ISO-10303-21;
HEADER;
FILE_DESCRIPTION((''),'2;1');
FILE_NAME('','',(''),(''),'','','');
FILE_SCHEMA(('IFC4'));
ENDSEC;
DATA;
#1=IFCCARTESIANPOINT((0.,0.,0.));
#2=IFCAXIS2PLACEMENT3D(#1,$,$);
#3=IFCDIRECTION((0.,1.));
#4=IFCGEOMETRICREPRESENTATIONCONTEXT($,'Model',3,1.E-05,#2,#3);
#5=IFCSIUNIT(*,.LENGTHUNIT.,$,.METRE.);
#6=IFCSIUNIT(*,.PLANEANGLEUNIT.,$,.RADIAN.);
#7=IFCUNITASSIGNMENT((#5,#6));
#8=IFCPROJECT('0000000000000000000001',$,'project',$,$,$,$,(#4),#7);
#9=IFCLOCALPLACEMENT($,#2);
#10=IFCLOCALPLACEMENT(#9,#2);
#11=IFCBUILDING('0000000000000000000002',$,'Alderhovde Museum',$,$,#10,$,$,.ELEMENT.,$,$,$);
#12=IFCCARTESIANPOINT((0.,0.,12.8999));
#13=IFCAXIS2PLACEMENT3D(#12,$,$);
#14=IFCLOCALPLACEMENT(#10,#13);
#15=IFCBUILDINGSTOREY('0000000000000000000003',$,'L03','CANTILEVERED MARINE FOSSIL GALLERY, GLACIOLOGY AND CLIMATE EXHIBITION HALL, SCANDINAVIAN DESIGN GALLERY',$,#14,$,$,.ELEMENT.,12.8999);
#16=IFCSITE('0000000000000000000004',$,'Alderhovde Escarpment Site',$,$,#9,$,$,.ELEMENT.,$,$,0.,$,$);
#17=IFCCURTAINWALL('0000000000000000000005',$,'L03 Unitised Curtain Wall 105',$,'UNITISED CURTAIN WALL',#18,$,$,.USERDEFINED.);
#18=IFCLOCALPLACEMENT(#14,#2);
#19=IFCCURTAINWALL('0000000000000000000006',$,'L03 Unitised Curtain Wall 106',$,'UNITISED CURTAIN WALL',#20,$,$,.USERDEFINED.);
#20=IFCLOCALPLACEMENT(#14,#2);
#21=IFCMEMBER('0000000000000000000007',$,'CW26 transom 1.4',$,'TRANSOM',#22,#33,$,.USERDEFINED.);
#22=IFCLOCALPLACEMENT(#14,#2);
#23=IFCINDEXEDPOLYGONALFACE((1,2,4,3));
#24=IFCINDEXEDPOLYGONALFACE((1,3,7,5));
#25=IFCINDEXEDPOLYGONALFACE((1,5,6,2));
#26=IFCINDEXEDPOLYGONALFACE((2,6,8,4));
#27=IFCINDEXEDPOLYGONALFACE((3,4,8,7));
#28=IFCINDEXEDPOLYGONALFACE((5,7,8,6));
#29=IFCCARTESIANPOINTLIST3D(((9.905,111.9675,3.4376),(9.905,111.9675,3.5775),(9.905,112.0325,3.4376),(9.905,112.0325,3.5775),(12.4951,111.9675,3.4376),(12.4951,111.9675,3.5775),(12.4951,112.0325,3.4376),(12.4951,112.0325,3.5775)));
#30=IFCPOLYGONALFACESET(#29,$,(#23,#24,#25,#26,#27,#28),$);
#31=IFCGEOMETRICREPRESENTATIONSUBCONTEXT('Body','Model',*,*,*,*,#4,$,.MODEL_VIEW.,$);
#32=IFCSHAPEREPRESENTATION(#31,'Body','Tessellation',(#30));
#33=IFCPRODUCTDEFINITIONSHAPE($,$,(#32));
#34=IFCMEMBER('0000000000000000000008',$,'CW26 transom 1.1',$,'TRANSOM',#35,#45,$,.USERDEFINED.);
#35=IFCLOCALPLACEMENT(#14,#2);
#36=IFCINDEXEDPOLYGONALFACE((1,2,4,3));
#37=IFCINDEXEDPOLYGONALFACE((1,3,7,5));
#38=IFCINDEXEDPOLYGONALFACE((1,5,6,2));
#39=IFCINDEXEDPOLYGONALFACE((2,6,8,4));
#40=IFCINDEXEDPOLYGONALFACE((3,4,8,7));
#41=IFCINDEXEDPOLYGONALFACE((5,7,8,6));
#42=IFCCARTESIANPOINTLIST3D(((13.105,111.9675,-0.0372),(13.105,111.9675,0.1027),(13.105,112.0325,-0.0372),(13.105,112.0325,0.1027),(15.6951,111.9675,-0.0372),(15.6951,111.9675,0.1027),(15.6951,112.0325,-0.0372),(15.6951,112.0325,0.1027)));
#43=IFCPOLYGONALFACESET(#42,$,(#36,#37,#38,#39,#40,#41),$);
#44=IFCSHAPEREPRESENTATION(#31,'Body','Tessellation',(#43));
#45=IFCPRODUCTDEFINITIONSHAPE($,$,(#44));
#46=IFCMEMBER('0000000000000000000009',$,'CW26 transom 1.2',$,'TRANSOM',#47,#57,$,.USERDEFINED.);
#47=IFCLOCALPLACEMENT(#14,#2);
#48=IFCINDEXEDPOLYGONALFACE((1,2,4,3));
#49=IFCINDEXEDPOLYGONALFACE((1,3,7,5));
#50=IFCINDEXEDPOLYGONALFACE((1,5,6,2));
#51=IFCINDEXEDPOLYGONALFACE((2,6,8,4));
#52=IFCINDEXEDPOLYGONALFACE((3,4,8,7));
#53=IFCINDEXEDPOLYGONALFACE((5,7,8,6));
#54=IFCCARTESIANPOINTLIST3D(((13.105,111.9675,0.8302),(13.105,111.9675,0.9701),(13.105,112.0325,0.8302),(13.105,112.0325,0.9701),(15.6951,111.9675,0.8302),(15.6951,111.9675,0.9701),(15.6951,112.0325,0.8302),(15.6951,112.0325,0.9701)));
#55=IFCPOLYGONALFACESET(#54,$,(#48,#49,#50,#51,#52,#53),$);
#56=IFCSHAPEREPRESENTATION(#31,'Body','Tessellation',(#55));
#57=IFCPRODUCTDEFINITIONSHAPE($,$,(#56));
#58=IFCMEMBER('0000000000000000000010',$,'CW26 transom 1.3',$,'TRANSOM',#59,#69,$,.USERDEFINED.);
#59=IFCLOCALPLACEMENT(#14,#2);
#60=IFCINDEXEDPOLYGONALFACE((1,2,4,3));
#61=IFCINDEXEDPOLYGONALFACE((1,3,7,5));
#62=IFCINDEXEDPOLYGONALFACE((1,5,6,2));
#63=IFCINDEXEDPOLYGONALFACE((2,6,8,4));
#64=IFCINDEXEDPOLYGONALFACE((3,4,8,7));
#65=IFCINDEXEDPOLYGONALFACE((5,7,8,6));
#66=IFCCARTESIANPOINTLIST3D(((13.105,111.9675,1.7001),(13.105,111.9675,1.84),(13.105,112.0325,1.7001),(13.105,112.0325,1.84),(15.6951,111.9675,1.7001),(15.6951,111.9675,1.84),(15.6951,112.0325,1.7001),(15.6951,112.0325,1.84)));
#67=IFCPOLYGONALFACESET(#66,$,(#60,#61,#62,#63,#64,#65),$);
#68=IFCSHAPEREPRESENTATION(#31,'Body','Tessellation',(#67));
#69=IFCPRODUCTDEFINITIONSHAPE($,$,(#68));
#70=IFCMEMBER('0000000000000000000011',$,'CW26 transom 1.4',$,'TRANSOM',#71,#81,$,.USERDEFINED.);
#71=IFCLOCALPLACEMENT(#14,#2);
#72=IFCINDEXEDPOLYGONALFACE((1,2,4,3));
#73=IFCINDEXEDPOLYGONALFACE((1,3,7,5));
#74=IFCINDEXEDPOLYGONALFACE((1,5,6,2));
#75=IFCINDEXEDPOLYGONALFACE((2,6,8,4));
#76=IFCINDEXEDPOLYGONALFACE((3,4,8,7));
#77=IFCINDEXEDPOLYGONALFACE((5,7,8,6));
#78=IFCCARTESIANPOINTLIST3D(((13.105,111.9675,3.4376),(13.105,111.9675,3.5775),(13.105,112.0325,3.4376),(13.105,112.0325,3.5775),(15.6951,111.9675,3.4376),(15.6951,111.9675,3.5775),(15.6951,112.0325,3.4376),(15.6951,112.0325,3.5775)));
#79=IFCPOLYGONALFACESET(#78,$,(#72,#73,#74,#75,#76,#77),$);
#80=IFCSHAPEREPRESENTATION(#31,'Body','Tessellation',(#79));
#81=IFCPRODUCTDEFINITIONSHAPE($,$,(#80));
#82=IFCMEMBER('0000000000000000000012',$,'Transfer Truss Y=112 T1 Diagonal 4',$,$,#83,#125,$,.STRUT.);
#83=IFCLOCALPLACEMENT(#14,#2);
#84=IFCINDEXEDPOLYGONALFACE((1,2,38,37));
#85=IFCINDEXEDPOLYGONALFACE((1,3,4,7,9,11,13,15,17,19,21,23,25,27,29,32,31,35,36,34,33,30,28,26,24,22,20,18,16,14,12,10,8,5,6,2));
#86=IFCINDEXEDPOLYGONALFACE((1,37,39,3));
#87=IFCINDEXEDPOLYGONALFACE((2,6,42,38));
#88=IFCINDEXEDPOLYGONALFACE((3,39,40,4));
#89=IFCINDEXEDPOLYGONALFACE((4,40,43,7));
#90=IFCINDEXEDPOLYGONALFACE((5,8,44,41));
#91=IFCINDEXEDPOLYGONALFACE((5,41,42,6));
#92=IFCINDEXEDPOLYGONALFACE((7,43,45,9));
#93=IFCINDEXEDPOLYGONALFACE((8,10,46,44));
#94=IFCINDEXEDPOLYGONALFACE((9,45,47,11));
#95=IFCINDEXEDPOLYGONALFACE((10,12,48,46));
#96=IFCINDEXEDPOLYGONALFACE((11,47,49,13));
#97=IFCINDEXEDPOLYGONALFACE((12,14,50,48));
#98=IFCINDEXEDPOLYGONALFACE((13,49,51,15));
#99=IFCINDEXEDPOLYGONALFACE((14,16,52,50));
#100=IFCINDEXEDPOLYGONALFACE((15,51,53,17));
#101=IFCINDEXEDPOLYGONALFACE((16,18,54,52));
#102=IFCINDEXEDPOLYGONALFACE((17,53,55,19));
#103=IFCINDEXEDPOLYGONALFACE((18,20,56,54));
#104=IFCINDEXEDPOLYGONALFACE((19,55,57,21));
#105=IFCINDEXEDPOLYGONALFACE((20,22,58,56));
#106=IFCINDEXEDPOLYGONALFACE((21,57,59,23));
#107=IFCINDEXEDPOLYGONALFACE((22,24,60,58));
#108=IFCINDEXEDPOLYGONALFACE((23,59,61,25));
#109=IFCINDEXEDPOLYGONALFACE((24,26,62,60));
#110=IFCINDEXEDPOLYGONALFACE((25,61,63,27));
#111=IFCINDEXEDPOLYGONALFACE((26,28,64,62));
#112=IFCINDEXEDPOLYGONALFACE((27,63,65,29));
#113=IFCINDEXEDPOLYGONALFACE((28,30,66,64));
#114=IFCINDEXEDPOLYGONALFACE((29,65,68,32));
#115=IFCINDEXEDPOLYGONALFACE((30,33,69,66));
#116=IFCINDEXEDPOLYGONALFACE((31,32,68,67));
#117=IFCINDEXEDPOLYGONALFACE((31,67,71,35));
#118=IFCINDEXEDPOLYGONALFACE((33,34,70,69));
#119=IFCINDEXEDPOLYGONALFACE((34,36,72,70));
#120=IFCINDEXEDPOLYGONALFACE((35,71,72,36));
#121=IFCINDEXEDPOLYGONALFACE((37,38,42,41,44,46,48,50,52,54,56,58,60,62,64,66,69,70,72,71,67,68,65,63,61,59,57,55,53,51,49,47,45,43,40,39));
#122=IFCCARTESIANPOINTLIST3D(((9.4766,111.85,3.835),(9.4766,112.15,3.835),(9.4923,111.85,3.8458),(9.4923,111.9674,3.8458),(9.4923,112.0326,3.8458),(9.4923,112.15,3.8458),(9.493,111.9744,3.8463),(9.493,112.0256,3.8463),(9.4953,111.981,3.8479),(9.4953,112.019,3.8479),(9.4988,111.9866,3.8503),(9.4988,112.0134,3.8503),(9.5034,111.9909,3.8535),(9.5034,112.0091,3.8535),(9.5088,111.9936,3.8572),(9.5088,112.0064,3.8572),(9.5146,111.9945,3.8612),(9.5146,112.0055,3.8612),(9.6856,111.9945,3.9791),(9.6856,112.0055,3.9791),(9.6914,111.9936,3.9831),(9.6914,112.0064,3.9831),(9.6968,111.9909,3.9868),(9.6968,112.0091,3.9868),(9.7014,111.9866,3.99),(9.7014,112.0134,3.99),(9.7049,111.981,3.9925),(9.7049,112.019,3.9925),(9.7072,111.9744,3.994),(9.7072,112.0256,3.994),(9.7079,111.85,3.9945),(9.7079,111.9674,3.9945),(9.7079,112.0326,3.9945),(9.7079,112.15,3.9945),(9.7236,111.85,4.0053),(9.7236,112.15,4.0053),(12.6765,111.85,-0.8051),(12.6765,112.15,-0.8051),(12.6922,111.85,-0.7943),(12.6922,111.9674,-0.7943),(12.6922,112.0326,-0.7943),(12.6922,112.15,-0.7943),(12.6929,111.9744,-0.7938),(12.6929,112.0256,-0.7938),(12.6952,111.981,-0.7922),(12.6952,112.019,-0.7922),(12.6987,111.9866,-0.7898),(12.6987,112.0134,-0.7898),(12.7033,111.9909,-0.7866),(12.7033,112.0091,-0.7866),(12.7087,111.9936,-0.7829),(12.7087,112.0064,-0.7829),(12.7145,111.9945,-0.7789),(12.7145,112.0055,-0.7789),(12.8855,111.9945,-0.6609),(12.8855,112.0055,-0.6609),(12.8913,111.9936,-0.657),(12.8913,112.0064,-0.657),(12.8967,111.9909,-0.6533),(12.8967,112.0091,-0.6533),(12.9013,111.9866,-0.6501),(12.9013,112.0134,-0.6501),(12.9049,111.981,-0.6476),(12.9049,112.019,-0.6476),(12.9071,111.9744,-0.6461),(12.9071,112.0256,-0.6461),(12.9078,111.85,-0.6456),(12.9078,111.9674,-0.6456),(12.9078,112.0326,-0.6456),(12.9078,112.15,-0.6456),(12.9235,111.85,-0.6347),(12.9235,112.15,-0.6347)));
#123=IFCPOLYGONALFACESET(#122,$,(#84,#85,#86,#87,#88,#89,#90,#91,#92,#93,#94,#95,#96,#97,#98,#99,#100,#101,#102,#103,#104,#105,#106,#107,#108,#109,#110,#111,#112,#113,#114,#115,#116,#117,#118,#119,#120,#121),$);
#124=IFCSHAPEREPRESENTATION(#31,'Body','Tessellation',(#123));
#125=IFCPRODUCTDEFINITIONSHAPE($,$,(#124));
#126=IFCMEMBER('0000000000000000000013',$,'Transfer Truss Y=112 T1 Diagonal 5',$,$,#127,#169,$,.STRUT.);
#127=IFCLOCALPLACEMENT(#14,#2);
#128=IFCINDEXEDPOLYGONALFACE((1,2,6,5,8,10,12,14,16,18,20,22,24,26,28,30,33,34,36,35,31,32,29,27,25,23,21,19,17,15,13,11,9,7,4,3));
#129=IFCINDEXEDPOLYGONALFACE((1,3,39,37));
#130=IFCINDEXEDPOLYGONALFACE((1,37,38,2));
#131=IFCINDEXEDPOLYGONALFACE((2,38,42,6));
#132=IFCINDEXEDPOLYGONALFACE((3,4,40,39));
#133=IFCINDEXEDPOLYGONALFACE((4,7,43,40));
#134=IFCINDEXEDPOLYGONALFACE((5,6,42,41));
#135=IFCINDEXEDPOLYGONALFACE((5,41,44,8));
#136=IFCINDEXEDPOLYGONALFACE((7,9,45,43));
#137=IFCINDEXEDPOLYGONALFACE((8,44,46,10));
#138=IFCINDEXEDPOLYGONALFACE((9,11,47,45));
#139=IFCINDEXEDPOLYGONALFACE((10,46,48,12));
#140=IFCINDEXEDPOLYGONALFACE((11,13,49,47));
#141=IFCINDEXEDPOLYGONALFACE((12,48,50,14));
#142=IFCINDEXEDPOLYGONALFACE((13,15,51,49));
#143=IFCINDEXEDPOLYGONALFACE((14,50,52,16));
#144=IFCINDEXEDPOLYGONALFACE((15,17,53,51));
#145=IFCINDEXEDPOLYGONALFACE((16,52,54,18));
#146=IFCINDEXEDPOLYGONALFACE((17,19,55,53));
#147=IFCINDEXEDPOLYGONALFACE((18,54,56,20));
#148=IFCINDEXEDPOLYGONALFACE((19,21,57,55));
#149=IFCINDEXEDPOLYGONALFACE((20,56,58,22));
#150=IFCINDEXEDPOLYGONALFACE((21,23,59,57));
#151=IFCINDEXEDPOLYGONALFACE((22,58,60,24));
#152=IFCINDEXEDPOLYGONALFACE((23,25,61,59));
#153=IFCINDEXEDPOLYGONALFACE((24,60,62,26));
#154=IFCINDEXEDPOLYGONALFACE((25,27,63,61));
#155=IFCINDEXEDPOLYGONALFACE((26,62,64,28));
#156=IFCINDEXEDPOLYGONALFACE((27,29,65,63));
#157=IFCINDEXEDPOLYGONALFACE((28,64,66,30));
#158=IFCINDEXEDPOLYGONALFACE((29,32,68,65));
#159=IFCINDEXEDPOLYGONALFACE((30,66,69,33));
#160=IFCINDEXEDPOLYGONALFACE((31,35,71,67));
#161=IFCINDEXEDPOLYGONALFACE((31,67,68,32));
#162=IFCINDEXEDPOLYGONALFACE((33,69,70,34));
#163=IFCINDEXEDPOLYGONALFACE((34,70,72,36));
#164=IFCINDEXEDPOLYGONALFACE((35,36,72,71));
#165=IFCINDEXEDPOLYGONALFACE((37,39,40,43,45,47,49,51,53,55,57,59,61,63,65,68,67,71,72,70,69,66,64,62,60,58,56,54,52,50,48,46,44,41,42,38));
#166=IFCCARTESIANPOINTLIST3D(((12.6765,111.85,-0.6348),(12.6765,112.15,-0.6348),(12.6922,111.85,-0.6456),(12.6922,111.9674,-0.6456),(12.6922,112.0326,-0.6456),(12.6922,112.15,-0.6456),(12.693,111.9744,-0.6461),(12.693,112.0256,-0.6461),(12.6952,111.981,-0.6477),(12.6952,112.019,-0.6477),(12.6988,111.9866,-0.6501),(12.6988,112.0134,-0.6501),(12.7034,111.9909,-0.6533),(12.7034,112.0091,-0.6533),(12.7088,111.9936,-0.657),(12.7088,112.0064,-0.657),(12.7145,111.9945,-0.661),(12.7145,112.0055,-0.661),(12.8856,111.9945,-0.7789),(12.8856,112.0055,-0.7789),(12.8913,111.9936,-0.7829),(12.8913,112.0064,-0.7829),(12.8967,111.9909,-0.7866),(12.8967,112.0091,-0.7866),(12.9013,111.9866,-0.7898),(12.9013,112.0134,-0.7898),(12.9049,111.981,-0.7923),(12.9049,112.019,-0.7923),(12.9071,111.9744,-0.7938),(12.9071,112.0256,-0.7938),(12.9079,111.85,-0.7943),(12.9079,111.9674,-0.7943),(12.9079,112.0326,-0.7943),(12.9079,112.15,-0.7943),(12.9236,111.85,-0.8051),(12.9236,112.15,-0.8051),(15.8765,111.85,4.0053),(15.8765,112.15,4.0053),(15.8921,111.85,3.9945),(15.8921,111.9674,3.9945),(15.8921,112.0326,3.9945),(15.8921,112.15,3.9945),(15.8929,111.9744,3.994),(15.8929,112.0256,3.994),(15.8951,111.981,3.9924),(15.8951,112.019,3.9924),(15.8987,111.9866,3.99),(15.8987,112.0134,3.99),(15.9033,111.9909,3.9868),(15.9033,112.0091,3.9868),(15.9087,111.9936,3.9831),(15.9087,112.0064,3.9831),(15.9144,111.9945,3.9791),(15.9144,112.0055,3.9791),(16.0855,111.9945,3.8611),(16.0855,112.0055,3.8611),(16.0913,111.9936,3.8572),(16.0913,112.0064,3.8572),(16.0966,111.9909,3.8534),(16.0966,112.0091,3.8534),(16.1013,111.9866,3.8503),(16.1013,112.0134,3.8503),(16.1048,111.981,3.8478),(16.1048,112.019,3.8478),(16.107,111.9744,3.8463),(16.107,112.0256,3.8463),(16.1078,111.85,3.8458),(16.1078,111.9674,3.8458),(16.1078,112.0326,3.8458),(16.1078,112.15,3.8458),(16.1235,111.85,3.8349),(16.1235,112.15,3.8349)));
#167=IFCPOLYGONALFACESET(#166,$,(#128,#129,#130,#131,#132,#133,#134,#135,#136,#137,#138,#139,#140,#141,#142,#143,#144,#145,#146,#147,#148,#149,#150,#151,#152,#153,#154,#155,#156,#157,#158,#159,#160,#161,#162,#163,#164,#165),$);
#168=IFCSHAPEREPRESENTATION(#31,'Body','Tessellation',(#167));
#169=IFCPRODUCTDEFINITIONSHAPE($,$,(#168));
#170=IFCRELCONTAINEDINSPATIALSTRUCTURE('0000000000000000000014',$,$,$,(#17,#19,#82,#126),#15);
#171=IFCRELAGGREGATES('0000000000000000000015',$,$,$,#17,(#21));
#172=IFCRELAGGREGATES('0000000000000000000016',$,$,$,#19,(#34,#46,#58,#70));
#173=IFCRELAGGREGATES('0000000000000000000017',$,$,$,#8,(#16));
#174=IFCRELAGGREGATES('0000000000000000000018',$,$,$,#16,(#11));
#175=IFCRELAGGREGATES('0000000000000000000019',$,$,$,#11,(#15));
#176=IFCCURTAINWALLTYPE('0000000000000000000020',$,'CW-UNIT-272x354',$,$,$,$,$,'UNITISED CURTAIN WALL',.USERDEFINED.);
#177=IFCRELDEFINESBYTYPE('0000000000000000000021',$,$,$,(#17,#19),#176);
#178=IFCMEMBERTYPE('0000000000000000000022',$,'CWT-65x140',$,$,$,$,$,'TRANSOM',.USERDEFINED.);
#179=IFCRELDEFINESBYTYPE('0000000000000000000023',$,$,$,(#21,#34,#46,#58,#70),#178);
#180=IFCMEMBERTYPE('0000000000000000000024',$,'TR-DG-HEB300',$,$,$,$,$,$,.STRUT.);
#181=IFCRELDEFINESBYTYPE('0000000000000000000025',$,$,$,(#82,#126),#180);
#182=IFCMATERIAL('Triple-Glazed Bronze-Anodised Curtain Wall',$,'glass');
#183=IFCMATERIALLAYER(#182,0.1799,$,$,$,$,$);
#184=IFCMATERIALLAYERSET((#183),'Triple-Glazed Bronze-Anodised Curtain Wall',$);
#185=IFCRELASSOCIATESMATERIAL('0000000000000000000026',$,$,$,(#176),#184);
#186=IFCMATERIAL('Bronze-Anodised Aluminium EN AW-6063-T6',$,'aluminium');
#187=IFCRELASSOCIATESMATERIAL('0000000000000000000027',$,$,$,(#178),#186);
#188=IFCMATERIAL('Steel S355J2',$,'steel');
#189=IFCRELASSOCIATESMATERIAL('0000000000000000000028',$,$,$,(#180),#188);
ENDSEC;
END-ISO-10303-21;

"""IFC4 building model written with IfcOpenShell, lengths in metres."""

from ifc_helpers import new_model, si_unit, direction, frame, origin, origin_2d, place, context, subcontext, project, spatial, rectangle, i_section, extrude, material, layer, layer_set, material_profile, profile_set, type_object, element, aggregate, save


model = new_model("IFC4")

# Units and contexts
model_context = context("Model", 3, precision=1e-05, world=origin(), true_north=direction((0.0, 1.0)))
body_context = subcontext(model_context, "Body", "Model", "MODEL_VIEW")
ifc_project = project(units=[si_unit("LENGTHUNIT", "METRE"), si_unit("PLANEANGLEUNIT", "RADIAN")], contexts=[model_context])

# Site, building, storey
site_placement = place(None, origin())
site = spatial("IfcSite", under=ifc_project, at=site_placement, Name="Alderhovde Escarpment Site", CompositionType="ELEMENT", RefElevation=0.0)
building_placement = place(site_placement, origin())
building = spatial("IfcBuilding", under=site, at=building_placement, Name="Alderhovde Museum", CompositionType="ELEMENT")
storey_placement = place(building_placement, frame((0.0, 0.0, 12.8999)))
storey = spatial("IfcBuildingStorey", under=building, at=storey_placement, Name="L03", Description="CANTILEVERED MARINE FOSSIL GALLERY, GLACIOLOGY AND CLIMATE EXHIBITION HALL, SCANDINAVIAN DESIGN GALLERY", CompositionType="ELEMENT", Elevation=12.8999)

# Curtain walls
ifc_material_1 = material(Name="Triple-Glazed Bronze-Anodised Curtain Wall", Category="glass")
ifc_layer_1 = layer(ifc_material_1, 0.1799)
ifc_layer_set_1 = layer_set([ifc_layer_1], Name="Triple-Glazed Bronze-Anodised Curtain Wall")
curtain_wall_type_1 = type_object("IfcCurtainWallType", Name="CW-UNIT-272x354", ElementType="UNITISED CURTAIN WALL", PredefinedType="USERDEFINED", material=ifc_layer_set_1)
curtain_wall_1_placement = place(storey_placement, origin())
curtain_wall_1 = element("IfcCurtainWall", 1, at=curtain_wall_1_placement, inside=storey, type_object=curtain_wall_type_1, Name="L03 Unitised Curtain Wall 105", ObjectType="UNITISED CURTAIN WALL", PredefinedType="USERDEFINED")
curtain_wall_2_placement = place(storey_placement, origin())
curtain_wall_2 = element("IfcCurtainWall", 2, at=curtain_wall_2_placement, inside=storey, type_object=curtain_wall_type_1, Name="L03 Unitised Curtain Wall 106", ObjectType="UNITISED CURTAIN WALL", PredefinedType="USERDEFINED")

# Members
ifc_material_2 = material(Name="Bronze-Anodised Aluminium EN AW-6063-T6", Category="aluminium")
ifc_material_profile_1 = material_profile(ifc_material_2, rectangle(XDim=0.0649, YDim=0.1399, at=origin_2d()), Name="TRANSOM 65x140")
ifc_profile_set_1 = profile_set([ifc_material_profile_1], Name="Bronze-Anodised Aluminium EN AW-6063-T6")
member_type_1 = type_object("IfcMemberType", Name="CWT-65x140", ElementType="TRANSOM", PredefinedType="USERDEFINED", material=ifc_profile_set_1)
member_1_placement = place(storey_placement, frame((9.905, 112.0, 3.5076), z_axis=(1.0, 0.0, 0.0), x_axis=(0.0, 1.0, 0.0)))
member_1 = element("IfcMember", 3, at=member_1_placement, type_object=member_type_1, Name="CW26 transom 1.4", ObjectType="TRANSOM", PredefinedType="USERDEFINED", context=body_context, shape_type="SweptSolid", body=[
    extrude(rectangle(XDim=0.0649, YDim=0.1399, at=origin_2d()), origin(), (0.0, 0.0, 1.0), 2.5901),
])
member_2_placement = place(storey_placement, frame((13.105, 112.0, 0.0327), z_axis=(1.0, 0.0, 0.0), x_axis=(0.0, 1.0, 0.0)))
member_2 = element("IfcMember", 4, at=member_2_placement, type_object=member_type_1, Name="CW26 transom 1.1", ObjectType="TRANSOM", PredefinedType="USERDEFINED", context=body_context, shape_type="SweptSolid", body=[
    extrude(rectangle(XDim=0.0649, YDim=0.1399, at=origin_2d()), origin(), (0.0, 0.0, 1.0), 2.5901),
])
member_3_placement = place(storey_placement, frame((13.105, 112.0, 0.9001), z_axis=(1.0, 0.0, 0.0), x_axis=(0.0, 1.0, 0.0)))
member_3 = element("IfcMember", 5, at=member_3_placement, type_object=member_type_1, Name="CW26 transom 1.2", ObjectType="TRANSOM", PredefinedType="USERDEFINED", context=body_context, shape_type="SweptSolid", body=[
    extrude(rectangle(XDim=0.0649, YDim=0.1399, at=origin_2d()), origin(), (0.0, 0.0, 1.0), 2.5901),
])
member_4_placement = place(storey_placement, frame((13.105, 112.0, 1.77), z_axis=(1.0, 0.0, 0.0), x_axis=(0.0, 1.0, 0.0)))
member_4 = element("IfcMember", 6, at=member_4_placement, type_object=member_type_1, Name="CW26 transom 1.3", ObjectType="TRANSOM", PredefinedType="USERDEFINED", context=body_context, shape_type="SweptSolid", body=[
    extrude(rectangle(XDim=0.0649, YDim=0.1399, at=origin_2d()), origin(), (0.0, 0.0, 1.0), 2.5901),
])
member_5_placement = place(storey_placement, frame((13.105, 112.0, 3.5076), z_axis=(1.0, 0.0, 0.0), x_axis=(0.0, 1.0, 0.0)))
member_5 = element("IfcMember", 7, at=member_5_placement, type_object=member_type_1, Name="CW26 transom 1.4", ObjectType="TRANSOM", PredefinedType="USERDEFINED", context=body_context, shape_type="SweptSolid", body=[
    extrude(rectangle(XDim=0.0649, YDim=0.1399, at=origin_2d()), origin(), (0.0, 0.0, 1.0), 2.5901),
])

# Members
ifc_material_3 = material(Name="Steel S355J2", Category="steel")
ifc_material_profile_2 = material_profile(ifc_material_3, i_section(OverallWidth=0.3, OverallDepth=0.3, WebThickness=0.011, FlangeThickness=0.019, FilletRadius=0.0271, at=origin_2d()), Name="HEB 300")
ifc_profile_set_2 = profile_set([ifc_material_profile_2], Name="Steel S355J2")
member_type_2 = type_object("IfcMemberType", Name="TR-DG-HEB300", PredefinedType="STRUT", material=ifc_profile_set_2)
for number, where, z_axis, x_axis, name in (
    (8, (9.6001, 112.0, 3.9202), (0.567716, 0.0, -0.823225), (0.0, 1.0, 0.0), "Transfer Truss Y=112 T1 Diagonal 4"),
    (9, (12.8, 112.0, -0.72), (0.567716, 0.0, 0.823225), (0.0, 1.0, 0.0), "Transfer Truss Y=112 T1 Diagonal 5"),
):
    element("IfcMember", number, at=place(storey_placement, frame(where, z_axis=z_axis, x_axis=x_axis)), inside=storey, type_object=member_type_2, Name=name, PredefinedType="STRUT", context=body_context, shape_type="SweptSolid", body=[
        extrude(i_section(OverallWidth=0.3, OverallDepth=0.3, WebThickness=0.011, FlangeThickness=0.019, FilletRadius=0.0271, at=origin_2d()), origin(), (0.0, 0.0, 1.0), 5.6365),
    ])

aggregate(curtain_wall_1, [member_1])
aggregate(curtain_wall_2, [member_2, member_3, member_4, member_5])

save(model, "model.ifc")
